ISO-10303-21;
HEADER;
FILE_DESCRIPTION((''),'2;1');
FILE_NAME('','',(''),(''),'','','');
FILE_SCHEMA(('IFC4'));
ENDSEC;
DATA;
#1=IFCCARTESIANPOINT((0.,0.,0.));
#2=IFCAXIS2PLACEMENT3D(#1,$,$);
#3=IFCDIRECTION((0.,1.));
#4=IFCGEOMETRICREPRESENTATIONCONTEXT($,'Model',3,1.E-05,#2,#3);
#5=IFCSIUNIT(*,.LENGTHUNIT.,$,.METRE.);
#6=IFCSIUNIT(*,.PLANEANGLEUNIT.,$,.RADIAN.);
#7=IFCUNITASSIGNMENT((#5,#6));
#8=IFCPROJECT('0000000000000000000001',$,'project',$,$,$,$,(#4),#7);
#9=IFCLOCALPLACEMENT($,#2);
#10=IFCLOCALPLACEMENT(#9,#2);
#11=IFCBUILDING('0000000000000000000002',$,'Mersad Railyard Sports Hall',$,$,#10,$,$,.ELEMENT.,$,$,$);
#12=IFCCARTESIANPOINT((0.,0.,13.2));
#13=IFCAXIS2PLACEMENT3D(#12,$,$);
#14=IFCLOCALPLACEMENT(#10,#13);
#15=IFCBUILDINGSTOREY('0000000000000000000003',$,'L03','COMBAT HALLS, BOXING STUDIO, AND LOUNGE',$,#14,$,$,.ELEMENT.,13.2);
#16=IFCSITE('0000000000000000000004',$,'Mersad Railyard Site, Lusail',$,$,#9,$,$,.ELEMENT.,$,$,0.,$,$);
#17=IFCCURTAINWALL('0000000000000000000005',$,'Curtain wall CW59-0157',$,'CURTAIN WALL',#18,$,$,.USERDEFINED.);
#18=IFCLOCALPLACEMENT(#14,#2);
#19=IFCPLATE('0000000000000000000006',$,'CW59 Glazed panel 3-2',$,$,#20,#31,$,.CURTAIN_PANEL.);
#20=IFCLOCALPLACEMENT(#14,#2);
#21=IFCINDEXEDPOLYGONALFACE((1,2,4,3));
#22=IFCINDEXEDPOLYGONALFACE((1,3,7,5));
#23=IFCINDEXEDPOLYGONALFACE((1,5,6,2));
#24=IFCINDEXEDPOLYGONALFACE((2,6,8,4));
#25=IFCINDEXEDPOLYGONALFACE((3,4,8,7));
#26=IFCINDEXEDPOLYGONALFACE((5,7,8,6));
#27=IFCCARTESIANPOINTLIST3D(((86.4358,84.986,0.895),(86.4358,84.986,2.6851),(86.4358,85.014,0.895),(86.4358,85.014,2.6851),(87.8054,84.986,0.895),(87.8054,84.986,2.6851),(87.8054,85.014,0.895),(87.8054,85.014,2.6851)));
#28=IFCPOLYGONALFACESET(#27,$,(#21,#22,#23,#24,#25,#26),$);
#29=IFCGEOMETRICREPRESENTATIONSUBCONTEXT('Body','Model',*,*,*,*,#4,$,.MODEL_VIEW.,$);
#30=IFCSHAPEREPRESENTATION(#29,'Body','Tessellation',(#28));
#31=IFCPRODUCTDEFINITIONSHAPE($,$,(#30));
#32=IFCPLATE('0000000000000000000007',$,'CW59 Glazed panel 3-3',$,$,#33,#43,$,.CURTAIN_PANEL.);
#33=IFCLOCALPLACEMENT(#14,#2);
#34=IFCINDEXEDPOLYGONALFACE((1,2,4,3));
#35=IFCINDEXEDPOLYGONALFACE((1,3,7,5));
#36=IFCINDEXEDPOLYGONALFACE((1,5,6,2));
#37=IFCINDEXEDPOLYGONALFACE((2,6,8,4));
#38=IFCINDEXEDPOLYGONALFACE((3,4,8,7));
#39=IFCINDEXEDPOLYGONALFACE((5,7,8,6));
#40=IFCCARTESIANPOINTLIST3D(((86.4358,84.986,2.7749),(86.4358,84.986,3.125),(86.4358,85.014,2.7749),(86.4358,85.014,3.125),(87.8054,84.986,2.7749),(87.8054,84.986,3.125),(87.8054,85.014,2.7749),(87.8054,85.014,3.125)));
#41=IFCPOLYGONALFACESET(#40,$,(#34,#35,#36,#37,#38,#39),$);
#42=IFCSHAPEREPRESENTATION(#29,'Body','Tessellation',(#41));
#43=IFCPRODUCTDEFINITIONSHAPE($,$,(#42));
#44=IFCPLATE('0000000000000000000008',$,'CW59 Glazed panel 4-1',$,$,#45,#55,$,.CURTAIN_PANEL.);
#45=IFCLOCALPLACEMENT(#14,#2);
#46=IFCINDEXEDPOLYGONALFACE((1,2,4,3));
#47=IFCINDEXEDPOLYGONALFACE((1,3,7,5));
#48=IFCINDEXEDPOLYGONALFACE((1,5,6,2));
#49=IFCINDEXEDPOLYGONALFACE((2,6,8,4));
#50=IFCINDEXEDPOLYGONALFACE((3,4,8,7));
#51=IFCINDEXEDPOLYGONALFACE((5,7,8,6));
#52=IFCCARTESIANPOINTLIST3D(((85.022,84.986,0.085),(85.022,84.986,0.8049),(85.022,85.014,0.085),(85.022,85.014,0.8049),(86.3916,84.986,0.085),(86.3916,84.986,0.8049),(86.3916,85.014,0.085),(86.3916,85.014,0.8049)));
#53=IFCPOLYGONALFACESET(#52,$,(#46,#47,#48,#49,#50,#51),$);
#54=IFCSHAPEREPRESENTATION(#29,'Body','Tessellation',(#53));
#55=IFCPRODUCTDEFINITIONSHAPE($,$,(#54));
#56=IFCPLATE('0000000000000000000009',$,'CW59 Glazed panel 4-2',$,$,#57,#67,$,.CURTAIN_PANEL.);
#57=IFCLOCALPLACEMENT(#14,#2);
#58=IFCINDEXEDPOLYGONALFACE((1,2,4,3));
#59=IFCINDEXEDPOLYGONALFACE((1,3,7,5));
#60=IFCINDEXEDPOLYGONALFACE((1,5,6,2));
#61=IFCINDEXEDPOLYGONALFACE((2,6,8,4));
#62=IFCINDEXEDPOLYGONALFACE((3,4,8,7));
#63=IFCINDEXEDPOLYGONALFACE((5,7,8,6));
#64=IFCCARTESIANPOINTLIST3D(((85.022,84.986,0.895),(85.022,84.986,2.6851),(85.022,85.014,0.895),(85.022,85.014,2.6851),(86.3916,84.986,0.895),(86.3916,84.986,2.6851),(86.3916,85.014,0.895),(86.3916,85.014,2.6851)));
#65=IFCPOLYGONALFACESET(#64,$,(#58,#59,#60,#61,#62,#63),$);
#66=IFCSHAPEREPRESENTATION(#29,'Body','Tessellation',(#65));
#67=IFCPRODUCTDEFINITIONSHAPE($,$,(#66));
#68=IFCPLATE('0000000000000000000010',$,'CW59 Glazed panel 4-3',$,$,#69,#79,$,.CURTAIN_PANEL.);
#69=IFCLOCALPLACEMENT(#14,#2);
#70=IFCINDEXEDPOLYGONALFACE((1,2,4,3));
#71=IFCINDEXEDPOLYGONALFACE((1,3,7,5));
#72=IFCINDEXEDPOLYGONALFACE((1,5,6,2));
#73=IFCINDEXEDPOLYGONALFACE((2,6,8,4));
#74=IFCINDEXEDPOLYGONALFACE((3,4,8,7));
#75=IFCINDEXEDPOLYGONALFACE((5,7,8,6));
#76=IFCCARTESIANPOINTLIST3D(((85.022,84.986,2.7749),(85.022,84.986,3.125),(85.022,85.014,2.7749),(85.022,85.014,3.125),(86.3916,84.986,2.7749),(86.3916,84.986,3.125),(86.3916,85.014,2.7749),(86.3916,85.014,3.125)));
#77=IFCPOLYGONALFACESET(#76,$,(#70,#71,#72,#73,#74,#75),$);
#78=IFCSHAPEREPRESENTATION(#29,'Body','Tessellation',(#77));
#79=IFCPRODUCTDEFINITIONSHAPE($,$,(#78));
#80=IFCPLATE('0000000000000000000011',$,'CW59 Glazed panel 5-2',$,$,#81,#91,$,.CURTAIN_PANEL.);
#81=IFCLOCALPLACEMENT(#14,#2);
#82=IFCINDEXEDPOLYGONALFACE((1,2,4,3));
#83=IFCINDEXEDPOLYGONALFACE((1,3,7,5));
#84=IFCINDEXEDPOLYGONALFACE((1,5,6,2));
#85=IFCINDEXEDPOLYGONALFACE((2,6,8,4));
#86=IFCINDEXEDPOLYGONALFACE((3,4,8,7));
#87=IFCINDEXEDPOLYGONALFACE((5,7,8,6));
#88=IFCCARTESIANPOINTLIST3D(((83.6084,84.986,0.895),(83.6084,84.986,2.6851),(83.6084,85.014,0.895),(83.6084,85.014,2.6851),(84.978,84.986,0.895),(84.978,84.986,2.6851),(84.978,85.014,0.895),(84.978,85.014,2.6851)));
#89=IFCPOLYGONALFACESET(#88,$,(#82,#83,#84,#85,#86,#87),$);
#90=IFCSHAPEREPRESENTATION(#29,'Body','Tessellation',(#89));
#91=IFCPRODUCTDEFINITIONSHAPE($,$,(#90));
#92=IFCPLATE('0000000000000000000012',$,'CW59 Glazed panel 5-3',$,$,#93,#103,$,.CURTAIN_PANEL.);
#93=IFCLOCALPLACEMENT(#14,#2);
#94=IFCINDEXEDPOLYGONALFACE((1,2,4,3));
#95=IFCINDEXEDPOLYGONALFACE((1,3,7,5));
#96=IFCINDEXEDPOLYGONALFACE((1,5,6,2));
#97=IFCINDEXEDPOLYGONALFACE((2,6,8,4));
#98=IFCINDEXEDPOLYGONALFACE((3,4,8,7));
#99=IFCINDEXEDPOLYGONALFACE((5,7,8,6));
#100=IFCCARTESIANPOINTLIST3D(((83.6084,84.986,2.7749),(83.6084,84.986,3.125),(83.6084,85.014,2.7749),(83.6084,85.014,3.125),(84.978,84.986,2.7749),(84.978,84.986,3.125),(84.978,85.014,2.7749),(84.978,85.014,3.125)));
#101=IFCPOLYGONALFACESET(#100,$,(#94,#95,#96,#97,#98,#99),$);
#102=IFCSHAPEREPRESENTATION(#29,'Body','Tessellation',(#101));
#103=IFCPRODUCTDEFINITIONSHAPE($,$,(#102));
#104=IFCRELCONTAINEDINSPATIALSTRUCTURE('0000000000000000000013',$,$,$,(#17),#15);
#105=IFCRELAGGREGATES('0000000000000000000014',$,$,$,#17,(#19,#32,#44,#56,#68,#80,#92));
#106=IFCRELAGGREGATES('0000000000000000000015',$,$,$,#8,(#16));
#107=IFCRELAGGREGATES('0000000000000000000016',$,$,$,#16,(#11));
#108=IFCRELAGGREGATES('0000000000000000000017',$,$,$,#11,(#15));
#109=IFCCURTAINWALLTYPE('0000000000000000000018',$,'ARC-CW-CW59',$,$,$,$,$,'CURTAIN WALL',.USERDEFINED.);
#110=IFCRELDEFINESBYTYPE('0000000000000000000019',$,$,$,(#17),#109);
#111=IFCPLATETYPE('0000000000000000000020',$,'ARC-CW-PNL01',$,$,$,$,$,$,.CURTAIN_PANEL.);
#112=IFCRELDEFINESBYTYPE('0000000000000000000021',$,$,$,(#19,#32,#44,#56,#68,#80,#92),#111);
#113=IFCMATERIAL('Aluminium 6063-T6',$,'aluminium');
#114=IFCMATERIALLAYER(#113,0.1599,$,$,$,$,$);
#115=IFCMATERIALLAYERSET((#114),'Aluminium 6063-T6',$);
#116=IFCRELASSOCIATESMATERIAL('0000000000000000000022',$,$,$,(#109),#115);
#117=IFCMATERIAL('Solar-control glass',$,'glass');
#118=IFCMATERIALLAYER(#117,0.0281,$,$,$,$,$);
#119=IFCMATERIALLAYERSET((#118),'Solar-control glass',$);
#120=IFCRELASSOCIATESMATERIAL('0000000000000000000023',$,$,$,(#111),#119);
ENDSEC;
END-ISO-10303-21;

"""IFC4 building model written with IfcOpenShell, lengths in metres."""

from ifc_helpers import new_model, si_unit, direction, frame, origin, origin_2d, place, context, subcontext, project, spatial, rectangle, extrude, material, layer, layer_set, type_object, element, aggregate, save


model = new_model("IFC4")

# Units and contexts
model_context = context("Model", 3, precision=1e-05, world=origin(), true_north=direction((0.0, 1.0)))
body_context = subcontext(model_context, "Body", "Model", "MODEL_VIEW")
ifc_project = project(units=[si_unit("LENGTHUNIT", "METRE"), si_unit("PLANEANGLEUNIT", "RADIAN")], contexts=[model_context])

# Site, building, storey
site_placement = place(None, origin())
site = spatial("IfcSite", under=ifc_project, at=site_placement, Name="Mersad Railyard Site, Lusail", CompositionType="ELEMENT", RefElevation=0.0)
building_placement = place(site_placement, origin())
building = spatial("IfcBuilding", under=site, at=building_placement, Name="Mersad Railyard Sports Hall", CompositionType="ELEMENT")
storey_placement = place(building_placement, frame((0.0, 0.0, 13.2)))
storey = spatial("IfcBuildingStorey", under=building, at=storey_placement, Name="L03", Description="COMBAT HALLS, BOXING STUDIO, AND LOUNGE", CompositionType="ELEMENT", Elevation=13.2)

# Curtain wall, plates
ifc_material_1 = material(Name="Aluminium 6063-T6", Category="aluminium")
ifc_layer_1 = layer(ifc_material_1, 0.1599)
ifc_layer_set_1 = layer_set([ifc_layer_1], Name="Aluminium 6063-T6")
curtain_wall_type = type_object("IfcCurtainWallType", Name="ARC-CW-CW59", ElementType="CURTAIN WALL", PredefinedType="USERDEFINED", material=ifc_layer_set_1)
curtain_wall_placement = place(storey_placement, origin())
curtain_wall = element("IfcCurtainWall", 1, at=curtain_wall_placement, inside=storey, type_object=curtain_wall_type, Name="Curtain wall CW59-0157", ObjectType="CURTAIN WALL", PredefinedType="USERDEFINED")
ifc_material_2 = material(Name="Solar-control glass", Category="glass")
ifc_layer_2 = layer(ifc_material_2, 0.0281)
ifc_layer_set_2 = layer_set([ifc_layer_2], Name="Solar-control glass")
plate_type = type_object("IfcPlateType", Name="ARC-CW-PNL01", PredefinedType="CURTAIN_PANEL", material=ifc_layer_set_2)
plate_1_placement = place(storey_placement, frame((87.1206, 85.0, 0.895), z_axis=(0.0, 0.0, 1.0), x_axis=(-1.0, 0.0, 0.0)))
plate_1 = element("IfcPlate", 2, at=plate_1_placement, type_object=plate_type, Name="CW59 Glazed panel 3-2", PredefinedType="CURTAIN_PANEL", context=body_context, shape_type="SweptSolid", body=[
    extrude(rectangle(XDim=1.3696, YDim=0.0281, at=origin_2d()), origin(), (0.0, 0.0, 1.0), 1.79),
])
plate_2_placement = place(storey_placement, frame((87.1206, 85.0, 2.7749), z_axis=(0.0, 0.0, 1.0), x_axis=(-1.0, 0.0, 0.0)))
plate_2 = element("IfcPlate", 3, at=plate_2_placement, type_object=plate_type, Name="CW59 Glazed panel 3-3", PredefinedType="CURTAIN_PANEL", context=body_context, shape_type="SweptSolid", body=[
    extrude(rectangle(XDim=1.3696, YDim=0.0281, at=origin_2d()), origin(), (0.0, 0.0, 1.0), 0.3501),
])
plate_3_placement = place(storey_placement, frame((85.7068, 85.0, 0.085), z_axis=(0.0, 0.0, 1.0), x_axis=(-1.0, 0.0, 0.0)))
plate_3 = element("IfcPlate", 4, at=plate_3_placement, type_object=plate_type, Name="CW59 Glazed panel 4-1", PredefinedType="CURTAIN_PANEL", context=body_context, shape_type="SweptSolid", body=[
    extrude(rectangle(XDim=1.3696, YDim=0.0281, at=origin_2d()), origin(), (0.0, 0.0, 1.0), 0.72),
])
plate_4_placement = place(storey_placement, frame((85.7068, 85.0, 0.895), z_axis=(0.0, 0.0, 1.0), x_axis=(-1.0, 0.0, 0.0)))
plate_4 = element("IfcPlate", 5, at=plate_4_placement, type_object=plate_type, Name="CW59 Glazed panel 4-2", PredefinedType="CURTAIN_PANEL", context=body_context, shape_type="SweptSolid", body=[
    extrude(rectangle(XDim=1.3696, YDim=0.0281, at=origin_2d()), origin(), (0.0, 0.0, 1.0), 1.79),
])
plate_5_placement = place(storey_placement, frame((85.7068, 85.0, 2.7749), z_axis=(0.0, 0.0, 1.0), x_axis=(-1.0, 0.0, 0.0)))
plate_5 = element("IfcPlate", 6, at=plate_5_placement, type_object=plate_type, Name="CW59 Glazed panel 4-3", PredefinedType="CURTAIN_PANEL", context=body_context, shape_type="SweptSolid", body=[
    extrude(rectangle(XDim=1.3696, YDim=0.0281, at=origin_2d()), origin(), (0.0, 0.0, 1.0), 0.3501),
])
plate_6_placement = place(storey_placement, frame((84.2932, 85.0, 0.895), z_axis=(0.0, 0.0, 1.0), x_axis=(-1.0, 0.0, 0.0)))
plate_6 = element("IfcPlate", 7, at=plate_6_placement, type_object=plate_type, Name="CW59 Glazed panel 5-2", PredefinedType="CURTAIN_PANEL", context=body_context, shape_type="SweptSolid", body=[
    extrude(rectangle(XDim=1.3696, YDim=0.0281, at=origin_2d()), origin(), (0.0, 0.0, 1.0), 1.79),
])
plate_7_placement = place(storey_placement, frame((84.2932, 85.0, 2.7749), z_axis=(0.0, 0.0, 1.0), x_axis=(-1.0, 0.0, 0.0)))
plate_7 = element("IfcPlate", 8, at=plate_7_placement, type_object=plate_type, Name="CW59 Glazed panel 5-3", PredefinedType="CURTAIN_PANEL", context=body_context, shape_type="SweptSolid", body=[
    extrude(rectangle(XDim=1.3696, YDim=0.0281, at=origin_2d()), origin(), (0.0, 0.0, 1.0), 0.3501),
])
aggregate(curtain_wall, [plate_1, plate_2, plate_3, plate_4, plate_5, plate_6, plate_7])

save(model, "model.ifc")
